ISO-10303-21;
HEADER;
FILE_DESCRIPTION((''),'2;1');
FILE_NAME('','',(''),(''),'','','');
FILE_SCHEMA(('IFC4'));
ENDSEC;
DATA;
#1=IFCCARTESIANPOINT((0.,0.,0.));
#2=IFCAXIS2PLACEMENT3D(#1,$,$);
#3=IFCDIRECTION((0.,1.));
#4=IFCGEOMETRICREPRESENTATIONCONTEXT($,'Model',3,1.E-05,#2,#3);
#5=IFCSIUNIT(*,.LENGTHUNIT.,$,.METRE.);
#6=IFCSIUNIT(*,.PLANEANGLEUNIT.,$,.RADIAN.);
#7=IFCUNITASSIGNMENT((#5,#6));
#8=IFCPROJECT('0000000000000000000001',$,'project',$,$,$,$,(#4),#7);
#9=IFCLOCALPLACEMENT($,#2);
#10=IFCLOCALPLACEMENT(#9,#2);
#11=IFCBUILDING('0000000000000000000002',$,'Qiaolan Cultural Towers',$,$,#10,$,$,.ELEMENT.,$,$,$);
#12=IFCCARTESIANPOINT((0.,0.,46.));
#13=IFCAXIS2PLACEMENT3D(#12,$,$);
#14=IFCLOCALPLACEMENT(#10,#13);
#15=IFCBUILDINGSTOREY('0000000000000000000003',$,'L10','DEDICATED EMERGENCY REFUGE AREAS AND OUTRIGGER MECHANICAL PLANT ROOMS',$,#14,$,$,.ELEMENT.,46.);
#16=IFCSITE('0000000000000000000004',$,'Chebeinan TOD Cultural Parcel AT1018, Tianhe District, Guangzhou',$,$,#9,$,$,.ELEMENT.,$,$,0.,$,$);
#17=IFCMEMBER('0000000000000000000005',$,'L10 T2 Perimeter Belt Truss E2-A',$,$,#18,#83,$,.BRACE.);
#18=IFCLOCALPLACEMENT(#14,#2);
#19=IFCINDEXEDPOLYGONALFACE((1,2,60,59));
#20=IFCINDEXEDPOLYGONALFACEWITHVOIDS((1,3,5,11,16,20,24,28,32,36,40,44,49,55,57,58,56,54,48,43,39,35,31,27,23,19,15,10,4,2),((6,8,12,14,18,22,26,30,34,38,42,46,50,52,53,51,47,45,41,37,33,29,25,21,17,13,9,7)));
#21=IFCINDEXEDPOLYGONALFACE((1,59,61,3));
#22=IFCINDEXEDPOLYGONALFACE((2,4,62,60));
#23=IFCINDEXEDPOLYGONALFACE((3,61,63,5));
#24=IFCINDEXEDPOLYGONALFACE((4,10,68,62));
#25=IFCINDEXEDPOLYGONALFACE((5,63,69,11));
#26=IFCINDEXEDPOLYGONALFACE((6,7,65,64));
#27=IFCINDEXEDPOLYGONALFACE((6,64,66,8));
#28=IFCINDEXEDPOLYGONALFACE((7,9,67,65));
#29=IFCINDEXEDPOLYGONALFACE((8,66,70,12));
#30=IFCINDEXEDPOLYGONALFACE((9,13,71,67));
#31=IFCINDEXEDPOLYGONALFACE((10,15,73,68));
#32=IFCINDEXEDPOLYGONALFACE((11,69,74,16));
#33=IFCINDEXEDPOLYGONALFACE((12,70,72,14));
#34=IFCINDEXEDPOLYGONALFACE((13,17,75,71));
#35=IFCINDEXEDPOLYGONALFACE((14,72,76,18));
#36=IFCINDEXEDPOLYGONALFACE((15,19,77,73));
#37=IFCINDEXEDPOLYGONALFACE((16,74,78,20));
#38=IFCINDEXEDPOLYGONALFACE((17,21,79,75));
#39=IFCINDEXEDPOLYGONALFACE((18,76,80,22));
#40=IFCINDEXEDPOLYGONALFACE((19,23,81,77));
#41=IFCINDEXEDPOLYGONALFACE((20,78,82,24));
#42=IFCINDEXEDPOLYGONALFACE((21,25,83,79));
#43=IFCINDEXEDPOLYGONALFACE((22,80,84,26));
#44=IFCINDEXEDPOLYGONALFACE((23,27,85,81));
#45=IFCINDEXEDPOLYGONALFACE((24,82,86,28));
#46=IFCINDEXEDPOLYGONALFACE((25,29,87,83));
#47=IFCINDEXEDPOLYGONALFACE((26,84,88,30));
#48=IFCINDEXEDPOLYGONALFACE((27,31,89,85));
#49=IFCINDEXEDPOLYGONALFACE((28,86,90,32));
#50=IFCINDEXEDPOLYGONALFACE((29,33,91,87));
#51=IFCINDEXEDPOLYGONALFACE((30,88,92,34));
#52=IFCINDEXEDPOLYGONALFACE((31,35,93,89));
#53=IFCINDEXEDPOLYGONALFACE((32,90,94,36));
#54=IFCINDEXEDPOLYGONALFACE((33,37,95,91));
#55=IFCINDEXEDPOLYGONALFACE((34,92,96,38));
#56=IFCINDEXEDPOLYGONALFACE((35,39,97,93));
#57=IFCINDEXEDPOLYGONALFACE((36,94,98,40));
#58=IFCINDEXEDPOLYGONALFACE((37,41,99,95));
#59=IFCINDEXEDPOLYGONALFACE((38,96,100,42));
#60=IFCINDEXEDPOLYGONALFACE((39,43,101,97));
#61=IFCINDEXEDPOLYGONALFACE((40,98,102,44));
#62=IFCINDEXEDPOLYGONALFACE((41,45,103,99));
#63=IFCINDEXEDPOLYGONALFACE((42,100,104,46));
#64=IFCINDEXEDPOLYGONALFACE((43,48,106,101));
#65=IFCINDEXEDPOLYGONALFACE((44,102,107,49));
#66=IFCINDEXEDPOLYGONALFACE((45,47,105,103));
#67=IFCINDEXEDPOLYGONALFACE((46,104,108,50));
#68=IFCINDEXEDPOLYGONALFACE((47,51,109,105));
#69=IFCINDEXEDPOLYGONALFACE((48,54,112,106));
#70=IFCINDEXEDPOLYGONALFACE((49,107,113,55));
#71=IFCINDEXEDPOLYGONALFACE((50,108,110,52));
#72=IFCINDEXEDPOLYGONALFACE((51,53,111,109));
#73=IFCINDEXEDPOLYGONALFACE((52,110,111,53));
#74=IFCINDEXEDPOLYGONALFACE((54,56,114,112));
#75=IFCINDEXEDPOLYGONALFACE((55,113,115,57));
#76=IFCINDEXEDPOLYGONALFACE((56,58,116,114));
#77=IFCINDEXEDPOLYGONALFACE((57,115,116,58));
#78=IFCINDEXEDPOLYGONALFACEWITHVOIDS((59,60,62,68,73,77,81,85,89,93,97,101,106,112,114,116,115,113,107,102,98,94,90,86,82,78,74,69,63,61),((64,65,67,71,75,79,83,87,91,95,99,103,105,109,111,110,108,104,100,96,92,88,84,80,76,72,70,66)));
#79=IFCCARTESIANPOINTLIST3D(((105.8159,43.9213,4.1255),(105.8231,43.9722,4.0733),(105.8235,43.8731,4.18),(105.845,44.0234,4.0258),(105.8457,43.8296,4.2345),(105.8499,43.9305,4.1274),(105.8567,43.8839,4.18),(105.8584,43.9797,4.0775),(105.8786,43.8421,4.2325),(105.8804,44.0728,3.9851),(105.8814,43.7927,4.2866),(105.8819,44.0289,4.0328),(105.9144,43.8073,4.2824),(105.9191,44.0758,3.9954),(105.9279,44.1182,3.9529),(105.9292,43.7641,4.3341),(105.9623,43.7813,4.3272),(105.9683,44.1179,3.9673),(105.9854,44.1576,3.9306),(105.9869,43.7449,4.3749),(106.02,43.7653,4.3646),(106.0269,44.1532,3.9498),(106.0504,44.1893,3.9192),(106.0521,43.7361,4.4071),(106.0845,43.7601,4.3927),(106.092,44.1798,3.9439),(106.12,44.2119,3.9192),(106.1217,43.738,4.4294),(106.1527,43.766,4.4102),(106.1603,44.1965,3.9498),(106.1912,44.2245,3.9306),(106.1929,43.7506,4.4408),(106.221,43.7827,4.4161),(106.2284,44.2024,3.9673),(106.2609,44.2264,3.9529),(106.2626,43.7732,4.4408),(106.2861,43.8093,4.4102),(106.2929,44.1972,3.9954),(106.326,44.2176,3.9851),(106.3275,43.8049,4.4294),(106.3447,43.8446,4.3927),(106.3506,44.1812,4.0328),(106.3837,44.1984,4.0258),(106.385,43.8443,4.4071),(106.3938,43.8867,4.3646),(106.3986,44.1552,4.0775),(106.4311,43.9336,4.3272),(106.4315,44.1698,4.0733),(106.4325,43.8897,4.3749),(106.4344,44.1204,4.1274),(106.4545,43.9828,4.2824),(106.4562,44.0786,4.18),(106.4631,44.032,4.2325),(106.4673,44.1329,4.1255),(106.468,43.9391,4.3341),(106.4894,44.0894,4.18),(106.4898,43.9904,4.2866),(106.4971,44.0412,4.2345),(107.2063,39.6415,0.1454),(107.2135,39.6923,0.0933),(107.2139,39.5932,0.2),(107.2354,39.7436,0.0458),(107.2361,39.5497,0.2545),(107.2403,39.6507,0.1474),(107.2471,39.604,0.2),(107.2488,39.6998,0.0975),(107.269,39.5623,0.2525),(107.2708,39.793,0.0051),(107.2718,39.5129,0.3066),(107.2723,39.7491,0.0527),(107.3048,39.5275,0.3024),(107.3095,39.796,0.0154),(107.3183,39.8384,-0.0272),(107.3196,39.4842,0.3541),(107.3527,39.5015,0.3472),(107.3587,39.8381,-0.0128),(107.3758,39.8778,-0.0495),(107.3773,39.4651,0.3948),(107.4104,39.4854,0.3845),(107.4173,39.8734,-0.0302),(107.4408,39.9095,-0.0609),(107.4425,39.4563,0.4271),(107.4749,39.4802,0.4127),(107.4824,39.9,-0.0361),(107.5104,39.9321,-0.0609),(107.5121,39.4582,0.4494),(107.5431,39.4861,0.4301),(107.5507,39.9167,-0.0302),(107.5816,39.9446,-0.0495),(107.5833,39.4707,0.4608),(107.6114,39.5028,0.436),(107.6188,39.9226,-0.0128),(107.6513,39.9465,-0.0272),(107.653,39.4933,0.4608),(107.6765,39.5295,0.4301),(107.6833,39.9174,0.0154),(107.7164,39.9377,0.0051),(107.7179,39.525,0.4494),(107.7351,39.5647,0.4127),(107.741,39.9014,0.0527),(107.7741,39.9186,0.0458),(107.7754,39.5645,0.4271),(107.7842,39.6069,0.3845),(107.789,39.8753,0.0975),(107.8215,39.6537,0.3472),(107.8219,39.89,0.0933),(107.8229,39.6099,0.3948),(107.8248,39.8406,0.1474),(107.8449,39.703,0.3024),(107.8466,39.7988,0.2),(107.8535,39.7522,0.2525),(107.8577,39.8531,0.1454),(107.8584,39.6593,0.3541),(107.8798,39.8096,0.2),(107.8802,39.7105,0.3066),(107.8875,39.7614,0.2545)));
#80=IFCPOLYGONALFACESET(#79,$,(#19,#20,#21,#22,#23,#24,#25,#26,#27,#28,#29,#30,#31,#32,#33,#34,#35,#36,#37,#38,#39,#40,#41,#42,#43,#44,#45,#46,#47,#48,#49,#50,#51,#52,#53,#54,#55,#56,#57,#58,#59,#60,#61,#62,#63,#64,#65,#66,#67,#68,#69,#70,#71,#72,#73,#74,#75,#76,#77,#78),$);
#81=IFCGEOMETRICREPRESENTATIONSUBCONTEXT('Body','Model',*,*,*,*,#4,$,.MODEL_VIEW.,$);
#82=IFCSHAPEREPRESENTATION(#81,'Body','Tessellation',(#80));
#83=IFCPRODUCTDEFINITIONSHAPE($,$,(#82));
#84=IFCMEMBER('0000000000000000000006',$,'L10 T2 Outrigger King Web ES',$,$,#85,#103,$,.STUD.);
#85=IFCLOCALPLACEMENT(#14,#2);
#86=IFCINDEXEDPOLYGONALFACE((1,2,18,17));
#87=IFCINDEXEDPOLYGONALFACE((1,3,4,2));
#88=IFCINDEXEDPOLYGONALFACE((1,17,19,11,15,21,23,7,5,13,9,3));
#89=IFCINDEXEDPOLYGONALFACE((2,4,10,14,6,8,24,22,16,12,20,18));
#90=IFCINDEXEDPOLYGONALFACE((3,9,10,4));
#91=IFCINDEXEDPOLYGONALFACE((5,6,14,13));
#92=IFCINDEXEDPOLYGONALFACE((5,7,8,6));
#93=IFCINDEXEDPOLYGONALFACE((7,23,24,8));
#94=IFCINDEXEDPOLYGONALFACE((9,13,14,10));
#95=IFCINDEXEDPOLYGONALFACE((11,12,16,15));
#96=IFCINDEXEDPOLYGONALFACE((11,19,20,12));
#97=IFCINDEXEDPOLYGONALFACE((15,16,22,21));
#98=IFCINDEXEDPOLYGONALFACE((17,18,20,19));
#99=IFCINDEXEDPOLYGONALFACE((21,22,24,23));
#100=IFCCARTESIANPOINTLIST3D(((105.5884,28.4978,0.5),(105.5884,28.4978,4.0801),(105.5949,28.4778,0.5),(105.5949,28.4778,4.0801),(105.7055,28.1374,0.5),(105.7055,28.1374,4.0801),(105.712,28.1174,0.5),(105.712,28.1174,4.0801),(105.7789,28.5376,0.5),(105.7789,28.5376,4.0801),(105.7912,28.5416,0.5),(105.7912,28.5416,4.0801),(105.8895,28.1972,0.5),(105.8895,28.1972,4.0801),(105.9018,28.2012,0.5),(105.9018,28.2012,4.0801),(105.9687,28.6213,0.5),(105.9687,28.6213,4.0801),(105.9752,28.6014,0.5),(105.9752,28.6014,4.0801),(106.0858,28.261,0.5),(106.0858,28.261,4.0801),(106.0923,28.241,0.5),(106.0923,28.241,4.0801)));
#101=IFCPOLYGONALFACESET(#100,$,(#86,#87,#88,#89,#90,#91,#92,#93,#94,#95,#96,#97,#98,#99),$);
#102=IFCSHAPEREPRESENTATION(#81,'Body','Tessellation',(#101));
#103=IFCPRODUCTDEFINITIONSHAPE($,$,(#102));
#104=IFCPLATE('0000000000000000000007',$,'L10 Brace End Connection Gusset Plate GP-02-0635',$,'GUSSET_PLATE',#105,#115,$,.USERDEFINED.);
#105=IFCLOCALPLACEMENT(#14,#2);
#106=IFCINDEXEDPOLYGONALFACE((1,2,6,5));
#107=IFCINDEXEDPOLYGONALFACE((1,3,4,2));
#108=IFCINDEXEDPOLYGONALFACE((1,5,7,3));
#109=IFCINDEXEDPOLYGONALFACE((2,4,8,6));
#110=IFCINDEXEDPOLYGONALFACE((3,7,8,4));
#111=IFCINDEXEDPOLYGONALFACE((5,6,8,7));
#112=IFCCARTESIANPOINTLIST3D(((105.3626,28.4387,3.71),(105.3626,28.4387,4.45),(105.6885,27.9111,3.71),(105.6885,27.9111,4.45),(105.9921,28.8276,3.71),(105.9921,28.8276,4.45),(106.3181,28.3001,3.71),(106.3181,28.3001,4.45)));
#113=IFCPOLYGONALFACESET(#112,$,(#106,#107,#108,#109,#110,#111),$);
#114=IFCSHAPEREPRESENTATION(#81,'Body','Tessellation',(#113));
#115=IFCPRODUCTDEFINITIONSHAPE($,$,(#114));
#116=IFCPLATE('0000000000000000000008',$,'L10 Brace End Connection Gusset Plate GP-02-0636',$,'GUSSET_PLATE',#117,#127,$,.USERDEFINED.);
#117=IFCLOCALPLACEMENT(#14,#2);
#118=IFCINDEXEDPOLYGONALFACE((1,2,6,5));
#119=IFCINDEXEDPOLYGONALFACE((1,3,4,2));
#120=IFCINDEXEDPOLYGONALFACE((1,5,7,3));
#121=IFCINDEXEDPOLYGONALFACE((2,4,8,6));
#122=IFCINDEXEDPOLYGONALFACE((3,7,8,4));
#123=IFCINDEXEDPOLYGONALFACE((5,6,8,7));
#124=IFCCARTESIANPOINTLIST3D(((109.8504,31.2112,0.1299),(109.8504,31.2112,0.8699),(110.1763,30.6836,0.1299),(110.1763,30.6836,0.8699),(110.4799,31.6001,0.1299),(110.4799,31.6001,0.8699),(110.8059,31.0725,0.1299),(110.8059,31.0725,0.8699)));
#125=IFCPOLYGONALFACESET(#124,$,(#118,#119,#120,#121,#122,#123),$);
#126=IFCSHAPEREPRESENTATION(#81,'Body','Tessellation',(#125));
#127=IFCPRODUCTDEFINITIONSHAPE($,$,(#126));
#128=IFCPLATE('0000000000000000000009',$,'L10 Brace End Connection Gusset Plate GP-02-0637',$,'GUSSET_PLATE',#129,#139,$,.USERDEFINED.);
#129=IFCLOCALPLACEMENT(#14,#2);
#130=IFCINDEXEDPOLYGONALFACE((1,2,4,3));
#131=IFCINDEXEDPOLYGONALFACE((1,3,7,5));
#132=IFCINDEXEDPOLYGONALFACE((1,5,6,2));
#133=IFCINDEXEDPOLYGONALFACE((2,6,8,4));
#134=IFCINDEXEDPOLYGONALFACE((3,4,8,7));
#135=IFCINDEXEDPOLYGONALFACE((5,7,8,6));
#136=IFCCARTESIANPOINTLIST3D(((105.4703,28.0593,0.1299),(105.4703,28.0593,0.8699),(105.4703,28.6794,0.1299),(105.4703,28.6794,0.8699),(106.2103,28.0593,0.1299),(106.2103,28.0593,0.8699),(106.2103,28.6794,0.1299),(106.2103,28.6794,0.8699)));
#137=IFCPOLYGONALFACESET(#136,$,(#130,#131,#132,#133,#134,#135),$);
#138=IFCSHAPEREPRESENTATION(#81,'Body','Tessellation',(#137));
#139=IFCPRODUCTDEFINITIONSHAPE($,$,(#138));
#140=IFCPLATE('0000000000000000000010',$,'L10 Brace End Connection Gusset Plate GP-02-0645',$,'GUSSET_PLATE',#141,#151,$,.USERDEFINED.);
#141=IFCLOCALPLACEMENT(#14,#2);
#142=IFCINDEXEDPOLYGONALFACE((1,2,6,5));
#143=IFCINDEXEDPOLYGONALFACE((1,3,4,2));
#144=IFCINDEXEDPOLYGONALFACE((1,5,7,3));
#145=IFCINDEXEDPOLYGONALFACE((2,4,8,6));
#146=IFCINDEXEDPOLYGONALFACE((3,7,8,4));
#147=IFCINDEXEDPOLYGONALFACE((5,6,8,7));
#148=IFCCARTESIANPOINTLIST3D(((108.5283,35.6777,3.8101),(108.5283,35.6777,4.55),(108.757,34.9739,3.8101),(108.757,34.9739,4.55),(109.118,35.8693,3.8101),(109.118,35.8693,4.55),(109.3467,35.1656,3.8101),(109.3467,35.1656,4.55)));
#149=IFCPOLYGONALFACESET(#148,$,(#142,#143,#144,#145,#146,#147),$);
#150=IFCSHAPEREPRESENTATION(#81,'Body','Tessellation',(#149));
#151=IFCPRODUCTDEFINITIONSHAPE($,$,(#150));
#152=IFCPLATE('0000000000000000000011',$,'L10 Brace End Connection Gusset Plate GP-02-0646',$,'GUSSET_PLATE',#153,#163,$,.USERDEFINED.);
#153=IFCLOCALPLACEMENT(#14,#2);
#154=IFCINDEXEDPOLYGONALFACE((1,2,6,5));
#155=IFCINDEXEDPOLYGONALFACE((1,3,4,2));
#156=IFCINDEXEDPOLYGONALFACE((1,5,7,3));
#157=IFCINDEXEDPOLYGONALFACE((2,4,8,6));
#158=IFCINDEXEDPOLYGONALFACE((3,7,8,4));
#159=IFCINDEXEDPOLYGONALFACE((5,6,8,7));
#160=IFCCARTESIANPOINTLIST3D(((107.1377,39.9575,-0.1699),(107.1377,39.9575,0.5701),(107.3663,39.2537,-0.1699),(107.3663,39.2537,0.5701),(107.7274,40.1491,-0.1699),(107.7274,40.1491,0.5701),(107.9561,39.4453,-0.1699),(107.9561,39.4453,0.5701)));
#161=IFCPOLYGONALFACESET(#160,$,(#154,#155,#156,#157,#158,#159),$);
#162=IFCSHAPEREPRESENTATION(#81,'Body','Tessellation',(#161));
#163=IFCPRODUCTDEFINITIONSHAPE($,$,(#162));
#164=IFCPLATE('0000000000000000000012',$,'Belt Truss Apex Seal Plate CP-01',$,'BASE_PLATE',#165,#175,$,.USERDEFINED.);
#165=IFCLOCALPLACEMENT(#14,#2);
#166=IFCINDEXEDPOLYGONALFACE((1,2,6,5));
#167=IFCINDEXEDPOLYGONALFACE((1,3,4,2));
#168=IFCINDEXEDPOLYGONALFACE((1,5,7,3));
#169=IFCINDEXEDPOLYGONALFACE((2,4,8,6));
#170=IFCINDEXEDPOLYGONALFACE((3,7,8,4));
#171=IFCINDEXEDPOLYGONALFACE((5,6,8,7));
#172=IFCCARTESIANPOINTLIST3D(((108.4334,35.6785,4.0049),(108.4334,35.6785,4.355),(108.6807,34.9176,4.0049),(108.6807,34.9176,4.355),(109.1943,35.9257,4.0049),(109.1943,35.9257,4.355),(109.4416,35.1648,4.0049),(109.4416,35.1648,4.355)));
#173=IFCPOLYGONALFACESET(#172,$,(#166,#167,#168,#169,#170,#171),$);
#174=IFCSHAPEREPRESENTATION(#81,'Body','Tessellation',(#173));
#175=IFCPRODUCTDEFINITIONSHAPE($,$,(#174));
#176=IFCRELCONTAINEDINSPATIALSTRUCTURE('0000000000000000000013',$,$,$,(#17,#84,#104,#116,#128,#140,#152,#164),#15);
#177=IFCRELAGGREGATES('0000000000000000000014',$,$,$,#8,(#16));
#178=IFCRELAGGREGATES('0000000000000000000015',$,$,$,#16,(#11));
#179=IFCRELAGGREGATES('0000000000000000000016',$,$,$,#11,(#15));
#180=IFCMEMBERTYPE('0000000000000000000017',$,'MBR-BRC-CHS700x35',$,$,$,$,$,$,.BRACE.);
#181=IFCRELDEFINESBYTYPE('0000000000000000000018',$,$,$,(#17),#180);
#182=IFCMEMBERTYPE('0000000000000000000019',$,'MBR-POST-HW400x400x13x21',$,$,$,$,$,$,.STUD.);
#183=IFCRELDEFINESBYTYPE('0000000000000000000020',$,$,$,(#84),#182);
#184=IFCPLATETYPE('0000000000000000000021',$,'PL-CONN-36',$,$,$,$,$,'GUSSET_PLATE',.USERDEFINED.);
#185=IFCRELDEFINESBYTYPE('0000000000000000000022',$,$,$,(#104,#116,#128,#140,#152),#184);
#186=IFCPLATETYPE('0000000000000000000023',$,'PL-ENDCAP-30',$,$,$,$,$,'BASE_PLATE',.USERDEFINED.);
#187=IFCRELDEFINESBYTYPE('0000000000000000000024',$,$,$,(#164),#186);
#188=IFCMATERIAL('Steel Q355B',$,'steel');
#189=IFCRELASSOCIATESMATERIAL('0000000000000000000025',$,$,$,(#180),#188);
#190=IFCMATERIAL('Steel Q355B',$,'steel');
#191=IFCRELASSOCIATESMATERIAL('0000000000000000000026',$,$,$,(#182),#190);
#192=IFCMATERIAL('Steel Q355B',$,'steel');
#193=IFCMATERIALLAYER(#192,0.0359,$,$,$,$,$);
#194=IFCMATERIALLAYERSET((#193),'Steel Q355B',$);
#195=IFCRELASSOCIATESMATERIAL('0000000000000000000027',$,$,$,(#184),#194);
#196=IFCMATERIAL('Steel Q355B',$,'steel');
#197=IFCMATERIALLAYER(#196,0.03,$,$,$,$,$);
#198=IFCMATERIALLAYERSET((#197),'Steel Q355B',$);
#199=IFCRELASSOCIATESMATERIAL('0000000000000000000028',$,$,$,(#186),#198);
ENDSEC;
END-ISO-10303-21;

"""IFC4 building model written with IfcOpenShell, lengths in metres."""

from ifc_helpers import new_model, si_unit, direction, frame, origin, origin_2d, place, context, subcontext, project, spatial, rectangle, hollow_circle, i_section, extrude, material, layer, layer_set, material_profile, profile_set, type_object, element, save


model = new_model("IFC4")

# Units and contexts
model_context = context("Model", 3, precision=1e-05, world=origin(), true_north=direction((0.0, 1.0)))
body_context = subcontext(model_context, "Body", "Model", "MODEL_VIEW")
ifc_project = project(units=[si_unit("LENGTHUNIT", "METRE"), si_unit("PLANEANGLEUNIT", "RADIAN")], contexts=[model_context])

# Site, building, storey
site_placement = place(None, origin())
site = spatial("IfcSite", under=ifc_project, at=site_placement, Name="Chebeinan TOD Cultural Parcel AT1018, Tianhe District, Guangzhou", CompositionType="ELEMENT", RefElevation=0.0)
building_placement = place(site_placement, origin())
building = spatial("IfcBuilding", under=site, at=building_placement, Name="Qiaolan Cultural Towers", CompositionType="ELEMENT")
storey_placement = place(building_placement, frame((0.0, 0.0, 46.0)))
storey = spatial("IfcBuildingStorey", under=building, at=storey_placement, Name="L10", Description="DEDICATED EMERGENCY REFUGE AREAS AND OUTRIGGER MECHANICAL PLANT ROOMS", CompositionType="ELEMENT", Elevation=46.0)

# Members
ifc_material_1 = material(Name="Steel Q355B", Category="steel")
ifc_material_profile_1 = material_profile(ifc_material_1, hollow_circle(Radius=0.3501, WallThickness=0.0349, at=origin_2d()), Name="CHS700x35")
ifc_profile_set_1 = profile_set([ifc_material_profile_1], Name="Steel Q355B")
member_type_1 = type_object("IfcMemberType", Name="MBR-BRC-CHS700x35", PredefinedType="BRACE", material=ifc_profile_set_1)
for number, where, z_axis, x_axis, name in (
    (1, (107.5469, 39.7014, 0.2), (-0.231441, 0.712408, 0.662503), (-0.95107, -0.308976, 0.0), "L10 T2 Perimeter Belt Truss E2-A"),
):
    element("IfcMember", number, at=place(storey_placement, frame(where, z_axis=z_axis, x_axis=x_axis)), inside=storey, type_object=member_type_1, Name=name, PredefinedType="BRACE", context=body_context, shape_type="SweptSolid", body=[
        extrude(hollow_circle(Radius=0.3501, WallThickness=0.0349, at=origin_2d()), origin(), (0.0, 0.0, 1.0), 6.0076),
    ])
ifc_material_2 = material(Name="Steel Q355B", Category="steel")
ifc_material_profile_2 = material_profile(ifc_material_2, i_section(OverallWidth=0.3999, OverallDepth=0.3999, WebThickness=0.0129, FlangeThickness=0.021, at=origin_2d()), Name="HW400x400x13x21")
ifc_profile_set_2 = profile_set([ifc_material_profile_2], Name="Steel Q355B")
member_type_2 = type_object("IfcMemberType", Name="MBR-POST-HW400x400x13x21", PredefinedType="STUD", material=ifc_profile_set_2)
member_1_placement = place(storey_placement, frame((105.8403, 28.3694, 0.5), z_axis=(0.0, 0.0, 1.0), x_axis=(0.951057, 0.309017, 0.0)))
element("IfcMember", 2, at=member_1_placement, inside=storey, type_object=member_type_2, Name="L10 T2 Outrigger King Web ES", PredefinedType="STUD", context=body_context, shape_type="SweptSolid", body=[
    extrude(i_section(OverallWidth=0.3999, OverallDepth=0.3999, WebThickness=0.0129, FlangeThickness=0.021, at=origin_2d()), origin(), (0.0, 0.0, 1.0), 3.5801),
])

# Plates
ifc_material_3 = material(Name="Steel Q355B", Category="steel")
ifc_layer_1 = layer(ifc_material_3, 0.0359)
ifc_layer_set_1 = layer_set([ifc_layer_1], Name="Steel Q355B")
plate_type_1 = type_object("IfcPlateType", Name="PL-CONN-36", ElementType="GUSSET_PLATE", PredefinedType="USERDEFINED", material=ifc_layer_set_1)
for number, where, z_axis, x_axis, name in (
    (3, (105.8403, 28.3694, 3.71), (0.0, 0.0, 1.0), (0.850747, 0.525575, 0.0), "L10 Brace End Connection Gusset Plate GP-02-0635"),
    (4, (110.3281, 31.1418, 0.1299), (0.0, 0.0, 1.0), (0.850747, 0.525575, 0.0), "L10 Brace End Connection Gusset Plate GP-02-0636"),
    (5, (105.8403, 28.3694, 0.1299), (0.0, 0.0, 1.0), (1.0, 0.0, 0.0), "L10 Brace End Connection Gusset Plate GP-02-0637"),
    (6, (108.9375, 35.4216, 3.8101), (0.0, 0.0, 1.0), (-0.309017, 0.951057, 0.0), "L10 Brace End Connection Gusset Plate GP-02-0645"),
    (7, (107.5469, 39.7014, -0.1699), (0.0, 0.0, 1.0), (-0.309017, 0.951057, 0.0), "L10 Brace End Connection Gusset Plate GP-02-0646"),
):
    element("IfcPlate", number, at=place(storey_placement, frame(where, z_axis=z_axis, x_axis=x_axis)), inside=storey, type_object=plate_type_1, Name=name, ObjectType="GUSSET_PLATE", PredefinedType="USERDEFINED", context=body_context, shape_type="SweptSolid", body=[
        extrude(rectangle(XDim=0.74, YDim=0.6201, at=origin_2d()), origin(), (0.0, 0.0, 1.0), 0.74),
    ])
ifc_material_4 = material(Name="Steel Q355B", Category="steel")
ifc_layer_2 = layer(ifc_material_4, 0.03)
ifc_layer_set_2 = layer_set([ifc_layer_2], Name="Steel Q355B")
plate_type_2 = type_object("IfcPlateType", Name="PL-ENDCAP-30", ElementType="BASE_PLATE", PredefinedType="USERDEFINED", material=ifc_layer_set_2)
plate_placement = place(storey_placement, frame((108.9375, 35.4216, 4.0049), z_axis=(0.0, 0.0, 1.0), x_axis=(0.951057, 0.309017, 0.0)))
element("IfcPlate", 8, at=plate_placement, inside=storey, type_object=plate_type_2, Name="Belt Truss Apex Seal Plate CP-01", ObjectType="BASE_PLATE", PredefinedType="USERDEFINED", context=body_context, shape_type="SweptSolid", body=[
    extrude(rectangle(XDim=0.8, YDim=0.8, at=origin_2d()), origin(), (0.0, 0.0, 1.0), 0.3501),
])

save(model, "model.ifc")
